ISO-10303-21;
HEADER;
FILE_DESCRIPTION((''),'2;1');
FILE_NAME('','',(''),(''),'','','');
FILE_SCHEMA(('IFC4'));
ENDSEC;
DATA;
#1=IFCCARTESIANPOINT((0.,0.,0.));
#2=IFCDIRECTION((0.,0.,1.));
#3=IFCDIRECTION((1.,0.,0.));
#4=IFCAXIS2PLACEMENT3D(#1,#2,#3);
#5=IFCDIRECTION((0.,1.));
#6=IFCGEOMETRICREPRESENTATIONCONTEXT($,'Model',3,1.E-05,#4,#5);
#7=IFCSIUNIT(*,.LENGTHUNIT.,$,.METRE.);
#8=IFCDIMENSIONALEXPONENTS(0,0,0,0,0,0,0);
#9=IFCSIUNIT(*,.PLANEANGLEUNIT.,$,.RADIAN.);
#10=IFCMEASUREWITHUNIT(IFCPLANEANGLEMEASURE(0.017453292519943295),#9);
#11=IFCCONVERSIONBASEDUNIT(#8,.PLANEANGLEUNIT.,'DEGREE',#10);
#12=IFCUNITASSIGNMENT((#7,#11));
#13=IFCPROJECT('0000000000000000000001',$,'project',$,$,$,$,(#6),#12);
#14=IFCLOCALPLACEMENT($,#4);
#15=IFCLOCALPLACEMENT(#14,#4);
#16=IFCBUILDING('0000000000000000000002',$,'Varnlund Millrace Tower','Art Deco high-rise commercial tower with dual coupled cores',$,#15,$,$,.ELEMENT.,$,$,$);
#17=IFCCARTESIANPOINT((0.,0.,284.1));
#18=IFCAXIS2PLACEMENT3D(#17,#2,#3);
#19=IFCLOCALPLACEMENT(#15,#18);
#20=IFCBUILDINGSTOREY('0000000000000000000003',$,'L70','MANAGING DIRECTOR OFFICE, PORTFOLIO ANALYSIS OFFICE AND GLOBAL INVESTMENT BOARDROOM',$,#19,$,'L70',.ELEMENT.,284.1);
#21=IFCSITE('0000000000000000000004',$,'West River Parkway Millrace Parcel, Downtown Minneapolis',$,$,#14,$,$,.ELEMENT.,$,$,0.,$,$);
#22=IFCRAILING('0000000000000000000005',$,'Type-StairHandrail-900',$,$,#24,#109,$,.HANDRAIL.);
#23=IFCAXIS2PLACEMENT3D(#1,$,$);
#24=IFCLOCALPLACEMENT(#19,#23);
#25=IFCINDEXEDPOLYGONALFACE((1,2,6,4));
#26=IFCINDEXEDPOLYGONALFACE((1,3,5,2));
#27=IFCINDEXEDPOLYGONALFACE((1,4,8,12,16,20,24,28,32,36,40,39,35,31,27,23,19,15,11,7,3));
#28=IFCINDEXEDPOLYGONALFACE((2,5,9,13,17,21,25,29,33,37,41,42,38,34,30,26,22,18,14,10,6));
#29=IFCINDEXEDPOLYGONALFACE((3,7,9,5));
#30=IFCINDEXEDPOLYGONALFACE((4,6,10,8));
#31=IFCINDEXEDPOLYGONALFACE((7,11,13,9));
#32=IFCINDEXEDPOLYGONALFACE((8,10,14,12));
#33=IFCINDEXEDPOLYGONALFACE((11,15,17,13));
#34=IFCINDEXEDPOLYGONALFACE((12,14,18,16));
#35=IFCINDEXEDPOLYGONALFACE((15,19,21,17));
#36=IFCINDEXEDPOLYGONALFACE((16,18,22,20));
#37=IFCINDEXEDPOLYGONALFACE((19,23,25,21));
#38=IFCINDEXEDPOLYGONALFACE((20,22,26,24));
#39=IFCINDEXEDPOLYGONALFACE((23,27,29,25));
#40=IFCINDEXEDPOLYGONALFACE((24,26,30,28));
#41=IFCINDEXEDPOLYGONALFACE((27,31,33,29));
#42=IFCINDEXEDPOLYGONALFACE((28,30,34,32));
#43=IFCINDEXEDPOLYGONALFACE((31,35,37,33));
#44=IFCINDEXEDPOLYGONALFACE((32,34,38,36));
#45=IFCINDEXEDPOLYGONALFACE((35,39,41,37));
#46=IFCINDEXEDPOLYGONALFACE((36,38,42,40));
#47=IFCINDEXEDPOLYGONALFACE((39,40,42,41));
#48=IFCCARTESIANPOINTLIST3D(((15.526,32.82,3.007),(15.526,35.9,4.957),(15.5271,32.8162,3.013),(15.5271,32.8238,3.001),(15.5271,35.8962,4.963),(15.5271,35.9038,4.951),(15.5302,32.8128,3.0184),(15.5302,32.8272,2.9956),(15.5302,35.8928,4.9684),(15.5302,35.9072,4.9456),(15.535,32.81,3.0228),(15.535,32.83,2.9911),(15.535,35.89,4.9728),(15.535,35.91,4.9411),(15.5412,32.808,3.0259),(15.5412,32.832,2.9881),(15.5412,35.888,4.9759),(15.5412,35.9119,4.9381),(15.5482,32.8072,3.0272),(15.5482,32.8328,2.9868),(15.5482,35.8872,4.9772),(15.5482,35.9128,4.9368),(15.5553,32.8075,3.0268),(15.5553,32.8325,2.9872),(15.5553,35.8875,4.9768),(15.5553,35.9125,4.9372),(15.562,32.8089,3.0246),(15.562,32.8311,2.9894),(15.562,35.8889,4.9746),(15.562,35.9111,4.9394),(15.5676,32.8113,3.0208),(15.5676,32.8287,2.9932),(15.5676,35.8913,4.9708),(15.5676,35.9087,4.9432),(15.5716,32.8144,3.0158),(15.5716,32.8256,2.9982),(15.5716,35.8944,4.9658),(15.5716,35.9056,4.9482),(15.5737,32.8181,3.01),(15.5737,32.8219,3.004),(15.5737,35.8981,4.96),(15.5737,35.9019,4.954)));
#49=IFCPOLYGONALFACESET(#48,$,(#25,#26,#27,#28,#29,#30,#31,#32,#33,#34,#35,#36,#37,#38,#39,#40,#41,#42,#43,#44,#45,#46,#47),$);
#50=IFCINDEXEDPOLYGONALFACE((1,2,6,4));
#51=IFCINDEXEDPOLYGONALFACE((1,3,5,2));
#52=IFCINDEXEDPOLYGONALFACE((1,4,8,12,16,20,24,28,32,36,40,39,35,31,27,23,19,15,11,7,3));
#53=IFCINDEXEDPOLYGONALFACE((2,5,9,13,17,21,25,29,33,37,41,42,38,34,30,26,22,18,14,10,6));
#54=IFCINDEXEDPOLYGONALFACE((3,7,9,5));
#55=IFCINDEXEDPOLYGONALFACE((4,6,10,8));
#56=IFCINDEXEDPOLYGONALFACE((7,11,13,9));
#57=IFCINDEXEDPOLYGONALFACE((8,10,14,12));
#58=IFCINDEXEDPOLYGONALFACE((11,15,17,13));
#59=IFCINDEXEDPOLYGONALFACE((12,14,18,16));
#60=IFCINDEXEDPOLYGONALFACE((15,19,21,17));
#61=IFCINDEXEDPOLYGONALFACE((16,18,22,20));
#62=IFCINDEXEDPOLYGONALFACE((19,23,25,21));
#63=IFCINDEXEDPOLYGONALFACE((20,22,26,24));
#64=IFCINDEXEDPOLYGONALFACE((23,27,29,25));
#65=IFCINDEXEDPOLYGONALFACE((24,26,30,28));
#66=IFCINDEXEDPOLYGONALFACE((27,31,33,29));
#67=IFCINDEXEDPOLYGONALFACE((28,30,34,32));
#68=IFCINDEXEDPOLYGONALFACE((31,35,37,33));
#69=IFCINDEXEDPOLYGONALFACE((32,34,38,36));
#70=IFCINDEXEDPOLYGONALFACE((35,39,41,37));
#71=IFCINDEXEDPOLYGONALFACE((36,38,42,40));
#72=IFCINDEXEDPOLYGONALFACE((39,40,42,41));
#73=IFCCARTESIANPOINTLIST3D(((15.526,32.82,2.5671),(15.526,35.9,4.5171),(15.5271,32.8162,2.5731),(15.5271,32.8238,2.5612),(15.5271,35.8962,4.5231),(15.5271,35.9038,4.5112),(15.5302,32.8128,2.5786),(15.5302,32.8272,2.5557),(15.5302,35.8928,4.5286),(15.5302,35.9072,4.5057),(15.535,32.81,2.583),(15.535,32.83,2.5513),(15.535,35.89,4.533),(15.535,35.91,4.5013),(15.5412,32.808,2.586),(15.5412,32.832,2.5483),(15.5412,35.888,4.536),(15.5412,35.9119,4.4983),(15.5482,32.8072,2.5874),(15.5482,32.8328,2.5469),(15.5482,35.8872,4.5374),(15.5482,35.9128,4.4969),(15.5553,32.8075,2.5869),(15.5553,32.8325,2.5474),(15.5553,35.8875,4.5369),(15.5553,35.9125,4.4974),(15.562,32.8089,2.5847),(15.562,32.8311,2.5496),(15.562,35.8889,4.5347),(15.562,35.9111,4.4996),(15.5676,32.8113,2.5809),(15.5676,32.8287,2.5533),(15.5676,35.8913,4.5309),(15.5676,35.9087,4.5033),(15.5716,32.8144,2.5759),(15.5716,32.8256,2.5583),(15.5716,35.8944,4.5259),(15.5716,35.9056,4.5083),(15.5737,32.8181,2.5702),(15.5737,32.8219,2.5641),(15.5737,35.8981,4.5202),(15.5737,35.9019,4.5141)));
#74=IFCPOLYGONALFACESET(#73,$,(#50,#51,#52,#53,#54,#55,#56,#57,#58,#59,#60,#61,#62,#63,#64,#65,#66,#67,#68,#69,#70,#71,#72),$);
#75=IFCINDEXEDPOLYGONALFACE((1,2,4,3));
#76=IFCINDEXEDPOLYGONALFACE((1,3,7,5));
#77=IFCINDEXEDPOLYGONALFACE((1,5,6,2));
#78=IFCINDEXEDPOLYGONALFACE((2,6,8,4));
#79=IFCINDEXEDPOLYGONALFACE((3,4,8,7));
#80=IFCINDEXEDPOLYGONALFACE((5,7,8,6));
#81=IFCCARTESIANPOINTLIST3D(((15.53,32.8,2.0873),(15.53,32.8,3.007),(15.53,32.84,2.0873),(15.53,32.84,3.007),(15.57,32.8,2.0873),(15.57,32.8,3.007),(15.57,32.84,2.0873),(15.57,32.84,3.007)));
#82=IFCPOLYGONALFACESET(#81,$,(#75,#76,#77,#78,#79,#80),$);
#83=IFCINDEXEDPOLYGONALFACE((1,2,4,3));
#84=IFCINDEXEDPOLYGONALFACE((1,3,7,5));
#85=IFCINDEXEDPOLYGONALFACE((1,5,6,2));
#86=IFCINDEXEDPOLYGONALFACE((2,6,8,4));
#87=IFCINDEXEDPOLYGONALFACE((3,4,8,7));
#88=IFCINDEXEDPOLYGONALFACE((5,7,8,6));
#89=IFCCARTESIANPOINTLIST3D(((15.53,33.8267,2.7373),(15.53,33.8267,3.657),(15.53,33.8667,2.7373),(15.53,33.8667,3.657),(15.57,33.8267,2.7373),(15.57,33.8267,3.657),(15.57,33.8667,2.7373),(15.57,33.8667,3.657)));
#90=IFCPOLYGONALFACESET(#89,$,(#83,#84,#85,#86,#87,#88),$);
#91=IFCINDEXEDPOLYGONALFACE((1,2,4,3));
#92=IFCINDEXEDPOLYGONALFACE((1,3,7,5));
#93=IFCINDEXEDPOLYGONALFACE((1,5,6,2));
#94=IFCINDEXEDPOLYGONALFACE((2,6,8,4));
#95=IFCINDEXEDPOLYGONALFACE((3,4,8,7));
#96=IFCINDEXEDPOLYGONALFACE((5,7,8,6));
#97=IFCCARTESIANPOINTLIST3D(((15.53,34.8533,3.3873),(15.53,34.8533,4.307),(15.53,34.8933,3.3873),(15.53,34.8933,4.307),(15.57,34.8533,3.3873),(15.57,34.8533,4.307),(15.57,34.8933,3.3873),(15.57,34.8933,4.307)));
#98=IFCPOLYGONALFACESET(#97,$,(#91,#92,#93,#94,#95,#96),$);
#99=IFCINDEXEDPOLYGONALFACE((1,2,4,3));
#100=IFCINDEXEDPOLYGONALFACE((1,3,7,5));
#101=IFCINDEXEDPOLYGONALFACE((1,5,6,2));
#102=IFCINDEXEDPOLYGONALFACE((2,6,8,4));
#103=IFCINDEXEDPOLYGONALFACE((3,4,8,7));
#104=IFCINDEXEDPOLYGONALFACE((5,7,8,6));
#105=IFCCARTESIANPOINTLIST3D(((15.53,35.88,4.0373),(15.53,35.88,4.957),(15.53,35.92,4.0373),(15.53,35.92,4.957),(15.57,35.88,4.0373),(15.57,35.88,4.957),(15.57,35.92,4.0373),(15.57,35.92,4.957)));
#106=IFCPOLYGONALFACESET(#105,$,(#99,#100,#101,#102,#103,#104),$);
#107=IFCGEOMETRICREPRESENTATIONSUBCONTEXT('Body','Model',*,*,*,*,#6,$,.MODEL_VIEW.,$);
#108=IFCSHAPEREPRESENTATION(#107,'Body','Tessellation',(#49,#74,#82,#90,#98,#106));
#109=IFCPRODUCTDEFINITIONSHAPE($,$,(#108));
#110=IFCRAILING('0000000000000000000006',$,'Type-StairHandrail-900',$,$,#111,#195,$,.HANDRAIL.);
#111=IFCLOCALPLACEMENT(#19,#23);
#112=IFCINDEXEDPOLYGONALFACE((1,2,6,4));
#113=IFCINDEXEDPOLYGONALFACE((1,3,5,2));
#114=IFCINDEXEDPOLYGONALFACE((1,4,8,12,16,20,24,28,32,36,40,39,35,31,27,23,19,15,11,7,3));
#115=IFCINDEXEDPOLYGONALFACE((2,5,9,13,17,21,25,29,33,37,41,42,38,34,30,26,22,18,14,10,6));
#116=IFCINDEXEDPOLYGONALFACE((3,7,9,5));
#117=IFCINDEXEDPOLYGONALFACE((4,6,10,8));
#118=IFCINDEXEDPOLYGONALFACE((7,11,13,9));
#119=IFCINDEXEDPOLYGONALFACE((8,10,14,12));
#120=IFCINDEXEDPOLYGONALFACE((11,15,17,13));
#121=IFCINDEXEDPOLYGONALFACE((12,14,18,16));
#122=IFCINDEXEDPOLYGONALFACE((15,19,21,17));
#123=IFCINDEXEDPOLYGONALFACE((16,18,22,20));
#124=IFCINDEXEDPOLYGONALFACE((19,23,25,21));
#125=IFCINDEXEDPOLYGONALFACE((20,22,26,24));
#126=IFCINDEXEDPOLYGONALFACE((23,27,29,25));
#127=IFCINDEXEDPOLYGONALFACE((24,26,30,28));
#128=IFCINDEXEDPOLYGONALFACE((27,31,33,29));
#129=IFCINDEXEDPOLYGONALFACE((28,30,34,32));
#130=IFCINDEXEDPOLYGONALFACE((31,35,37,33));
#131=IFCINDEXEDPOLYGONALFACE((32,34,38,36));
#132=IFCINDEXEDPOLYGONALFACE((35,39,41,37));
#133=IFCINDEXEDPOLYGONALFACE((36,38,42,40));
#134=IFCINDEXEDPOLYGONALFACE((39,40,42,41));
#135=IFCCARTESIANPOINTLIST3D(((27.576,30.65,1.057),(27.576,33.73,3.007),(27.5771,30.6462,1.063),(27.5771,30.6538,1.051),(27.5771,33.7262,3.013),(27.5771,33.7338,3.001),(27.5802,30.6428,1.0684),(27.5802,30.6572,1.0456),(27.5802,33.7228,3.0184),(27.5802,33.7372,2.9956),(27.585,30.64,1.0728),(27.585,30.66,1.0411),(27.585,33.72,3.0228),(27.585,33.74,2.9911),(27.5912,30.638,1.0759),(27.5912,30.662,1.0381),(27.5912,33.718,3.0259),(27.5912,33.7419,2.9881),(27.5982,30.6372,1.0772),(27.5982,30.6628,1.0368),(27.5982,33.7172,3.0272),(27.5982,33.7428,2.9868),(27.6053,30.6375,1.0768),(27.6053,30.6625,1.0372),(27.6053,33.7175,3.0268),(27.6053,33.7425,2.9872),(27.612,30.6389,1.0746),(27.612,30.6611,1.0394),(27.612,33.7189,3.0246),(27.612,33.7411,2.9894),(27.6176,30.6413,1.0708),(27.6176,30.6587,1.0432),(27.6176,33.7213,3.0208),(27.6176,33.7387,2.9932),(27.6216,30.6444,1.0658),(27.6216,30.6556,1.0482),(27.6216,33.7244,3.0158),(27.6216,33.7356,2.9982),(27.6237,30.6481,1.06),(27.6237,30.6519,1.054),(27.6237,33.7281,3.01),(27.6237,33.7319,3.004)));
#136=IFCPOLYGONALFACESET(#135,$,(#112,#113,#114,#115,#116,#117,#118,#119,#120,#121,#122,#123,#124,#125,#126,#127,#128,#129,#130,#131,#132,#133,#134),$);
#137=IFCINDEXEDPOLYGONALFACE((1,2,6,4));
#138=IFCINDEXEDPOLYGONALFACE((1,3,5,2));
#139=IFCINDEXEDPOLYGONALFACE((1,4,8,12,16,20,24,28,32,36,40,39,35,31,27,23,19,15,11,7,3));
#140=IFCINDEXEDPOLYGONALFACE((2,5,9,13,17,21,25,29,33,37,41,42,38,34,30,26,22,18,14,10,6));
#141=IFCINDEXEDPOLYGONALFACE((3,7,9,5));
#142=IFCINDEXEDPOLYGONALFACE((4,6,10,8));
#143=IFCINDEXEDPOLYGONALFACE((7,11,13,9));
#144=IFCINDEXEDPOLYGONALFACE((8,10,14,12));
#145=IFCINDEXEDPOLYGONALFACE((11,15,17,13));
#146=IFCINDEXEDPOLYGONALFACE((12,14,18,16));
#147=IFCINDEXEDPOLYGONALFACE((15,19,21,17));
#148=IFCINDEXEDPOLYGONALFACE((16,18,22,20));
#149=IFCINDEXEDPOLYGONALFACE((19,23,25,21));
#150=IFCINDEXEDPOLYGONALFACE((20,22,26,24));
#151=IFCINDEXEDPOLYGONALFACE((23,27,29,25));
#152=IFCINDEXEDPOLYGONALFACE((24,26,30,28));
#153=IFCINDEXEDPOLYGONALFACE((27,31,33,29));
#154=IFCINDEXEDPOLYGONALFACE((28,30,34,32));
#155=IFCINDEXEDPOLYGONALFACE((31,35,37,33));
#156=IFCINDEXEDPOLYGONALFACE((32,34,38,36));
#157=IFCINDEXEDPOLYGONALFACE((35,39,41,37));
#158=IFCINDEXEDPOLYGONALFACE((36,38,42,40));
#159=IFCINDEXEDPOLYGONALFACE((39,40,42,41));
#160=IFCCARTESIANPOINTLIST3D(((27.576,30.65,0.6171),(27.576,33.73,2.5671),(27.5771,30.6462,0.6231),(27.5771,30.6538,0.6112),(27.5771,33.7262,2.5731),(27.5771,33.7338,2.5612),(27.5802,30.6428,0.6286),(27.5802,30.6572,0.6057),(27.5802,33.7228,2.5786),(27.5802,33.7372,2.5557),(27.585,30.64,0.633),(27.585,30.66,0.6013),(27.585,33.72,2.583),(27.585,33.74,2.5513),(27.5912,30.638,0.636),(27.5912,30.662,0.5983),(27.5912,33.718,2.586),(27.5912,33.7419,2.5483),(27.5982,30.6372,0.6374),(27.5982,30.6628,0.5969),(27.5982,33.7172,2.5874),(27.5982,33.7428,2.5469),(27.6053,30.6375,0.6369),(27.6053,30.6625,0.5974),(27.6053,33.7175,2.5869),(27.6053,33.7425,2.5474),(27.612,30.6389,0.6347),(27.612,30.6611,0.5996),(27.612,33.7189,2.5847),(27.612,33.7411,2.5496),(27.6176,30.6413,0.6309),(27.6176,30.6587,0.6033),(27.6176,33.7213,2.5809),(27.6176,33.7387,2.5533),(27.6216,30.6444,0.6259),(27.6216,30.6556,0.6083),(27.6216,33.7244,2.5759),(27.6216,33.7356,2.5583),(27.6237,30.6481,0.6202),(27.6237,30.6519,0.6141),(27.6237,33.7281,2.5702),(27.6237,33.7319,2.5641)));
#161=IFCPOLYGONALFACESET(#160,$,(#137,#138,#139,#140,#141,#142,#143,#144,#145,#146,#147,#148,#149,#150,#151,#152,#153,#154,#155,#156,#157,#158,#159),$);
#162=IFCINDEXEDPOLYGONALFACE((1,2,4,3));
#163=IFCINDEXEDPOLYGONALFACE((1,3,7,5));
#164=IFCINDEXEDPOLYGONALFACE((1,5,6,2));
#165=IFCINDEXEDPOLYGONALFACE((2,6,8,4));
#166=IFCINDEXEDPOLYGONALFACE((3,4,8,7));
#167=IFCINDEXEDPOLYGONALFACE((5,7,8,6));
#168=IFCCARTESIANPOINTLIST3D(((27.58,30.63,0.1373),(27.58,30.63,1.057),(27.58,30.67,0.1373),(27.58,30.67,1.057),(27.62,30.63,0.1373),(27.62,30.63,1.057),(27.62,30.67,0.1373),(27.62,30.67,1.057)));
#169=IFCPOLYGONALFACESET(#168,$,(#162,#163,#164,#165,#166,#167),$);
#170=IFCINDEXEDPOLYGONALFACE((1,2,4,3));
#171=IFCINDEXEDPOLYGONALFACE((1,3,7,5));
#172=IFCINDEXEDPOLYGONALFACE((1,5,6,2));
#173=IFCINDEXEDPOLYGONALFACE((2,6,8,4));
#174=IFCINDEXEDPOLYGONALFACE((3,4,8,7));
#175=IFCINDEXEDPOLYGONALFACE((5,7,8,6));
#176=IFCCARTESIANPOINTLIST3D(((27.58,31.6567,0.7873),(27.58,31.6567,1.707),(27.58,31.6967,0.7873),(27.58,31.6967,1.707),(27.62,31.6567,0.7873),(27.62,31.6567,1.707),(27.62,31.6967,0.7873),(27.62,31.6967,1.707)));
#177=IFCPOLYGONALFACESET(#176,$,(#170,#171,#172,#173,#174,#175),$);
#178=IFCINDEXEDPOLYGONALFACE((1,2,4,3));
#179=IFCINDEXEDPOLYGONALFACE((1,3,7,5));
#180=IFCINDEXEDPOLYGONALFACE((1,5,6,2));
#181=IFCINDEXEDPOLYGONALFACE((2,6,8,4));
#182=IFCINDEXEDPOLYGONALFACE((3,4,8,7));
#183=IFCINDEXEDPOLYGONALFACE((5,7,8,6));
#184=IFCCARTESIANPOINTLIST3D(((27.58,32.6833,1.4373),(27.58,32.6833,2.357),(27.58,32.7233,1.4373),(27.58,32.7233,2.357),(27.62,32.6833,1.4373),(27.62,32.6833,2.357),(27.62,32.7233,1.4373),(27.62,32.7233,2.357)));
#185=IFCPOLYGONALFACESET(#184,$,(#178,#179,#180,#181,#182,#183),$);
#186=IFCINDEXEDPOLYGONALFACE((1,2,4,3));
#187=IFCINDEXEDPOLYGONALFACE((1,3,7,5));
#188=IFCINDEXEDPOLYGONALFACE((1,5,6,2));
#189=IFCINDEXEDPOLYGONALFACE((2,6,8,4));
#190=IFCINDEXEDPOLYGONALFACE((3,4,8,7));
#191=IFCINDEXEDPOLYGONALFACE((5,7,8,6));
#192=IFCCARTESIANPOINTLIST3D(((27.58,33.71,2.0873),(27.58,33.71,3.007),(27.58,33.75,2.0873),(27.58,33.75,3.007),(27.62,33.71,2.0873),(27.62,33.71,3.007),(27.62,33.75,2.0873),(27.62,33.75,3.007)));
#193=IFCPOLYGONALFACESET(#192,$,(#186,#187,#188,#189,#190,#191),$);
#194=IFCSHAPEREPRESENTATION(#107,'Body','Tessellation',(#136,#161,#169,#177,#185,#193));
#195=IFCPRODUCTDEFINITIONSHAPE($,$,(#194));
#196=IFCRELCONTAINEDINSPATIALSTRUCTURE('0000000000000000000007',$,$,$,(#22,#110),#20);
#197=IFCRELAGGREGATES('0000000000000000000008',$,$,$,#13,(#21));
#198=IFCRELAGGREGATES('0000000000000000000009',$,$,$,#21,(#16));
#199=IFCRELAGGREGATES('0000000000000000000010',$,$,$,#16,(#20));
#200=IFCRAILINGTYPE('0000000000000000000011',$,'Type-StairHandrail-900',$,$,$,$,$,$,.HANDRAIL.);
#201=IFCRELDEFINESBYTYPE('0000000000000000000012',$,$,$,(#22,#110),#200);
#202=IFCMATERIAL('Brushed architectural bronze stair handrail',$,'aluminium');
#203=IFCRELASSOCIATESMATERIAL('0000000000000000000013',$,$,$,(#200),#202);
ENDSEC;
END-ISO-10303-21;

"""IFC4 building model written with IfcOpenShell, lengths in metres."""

from ifc_helpers import new_model, entity, si_unit, converted_unit, direction, frame, origin_with_axes, origin_2d_with_axis, place, context, subcontext, project, spatial, rectangle, circle, extrude, material, type_object, element, save


model = new_model("IFC4")

# Units and contexts
model_context = context("Model", 3, precision=1e-05, world=origin_with_axes(), true_north=direction((0.0, 1.0)))
body_context = subcontext(model_context, "Body", "Model", "MODEL_VIEW")
ifc_project = project(units=[si_unit("LENGTHUNIT", "METRE"), converted_unit("PLANEANGLEUNIT", "DEGREE", entity("IfcPlaneAngleMeasure", 0.017453292519943295), si_unit("PLANEANGLEUNIT", "RADIAN"), dimensions=[0, 0, 0, 0, 0, 0, 0])], contexts=[model_context])

# Site, building, storey
site_placement = place(None, origin_with_axes())
site = spatial("IfcSite", under=ifc_project, at=site_placement, Name="West River Parkway Millrace Parcel, Downtown Minneapolis", CompositionType="ELEMENT", RefElevation=0.0)
building_placement = place(site_placement, origin_with_axes())
building = spatial("IfcBuilding", under=site, at=building_placement, Name="Varnlund Millrace Tower", Description="Art Deco high-rise commercial tower with dual coupled cores", CompositionType="ELEMENT")
storey_placement = place(building_placement, frame((0.0, 0.0, 284.1), z_axis=(0.0, 0.0, 1.0), x_axis=(1.0, 0.0, 0.0)))
storey = spatial("IfcBuildingStorey", under=building, at=storey_placement, Name="L70", Description="MANAGING DIRECTOR OFFICE, PORTFOLIO ANALYSIS OFFICE AND GLOBAL INVESTMENT BOARDROOM", LongName="L70", CompositionType="ELEMENT", Elevation=284.1)

# Railings
ifc_material_1 = material(Name="Brushed architectural bronze stair handrail", Category="aluminium")
railing_type_1 = type_object("IfcRailingType", Name="Type-StairHandrail-900", PredefinedType="HANDRAIL", material=ifc_material_1)
railing_1_placement = place(storey_placement, frame((0.0, 0.0, -284.1), z_axis=(0.0, 0.0, 1.0), x_axis=(1.0, 0.0, 0.0)))
element("IfcRailing", 1, at=railing_1_placement, inside=storey, type_object=railing_type_1, Name="Type-StairHandrail-900", PredefinedType="HANDRAIL", context=body_context, shape_type="SweptSolid", body=[
    extrude(circle(Radius=0.024, at=origin_2d_with_axis()), frame((15.55, 32.82, 287.107), z_axis=(0.0, 0.844902, 0.534922), x_axis=(-1.0, 0.0, 0.0)), (0.0, 0.0, 1.0), 3.6454),
    extrude(circle(Radius=0.024, at=origin_2d_with_axis()), frame((15.55, 32.82, 286.6671), z_axis=(0.0, 0.844902, 0.534922), x_axis=(-1.0, 0.0, 0.0)), (0.0, 0.0, 1.0), 3.6454),
    extrude(rectangle(XDim=0.04, YDim=0.04, at=origin_2d_with_axis()), frame((15.55, 32.82, 286.1873), z_axis=(0.0, 0.0, 1.0), x_axis=(1.0, 0.0, 0.0)), (0.0, 0.0, 1.0), 0.9197),
    extrude(rectangle(XDim=0.04, YDim=0.04, at=origin_2d_with_axis()), frame((15.55, 33.8467, 286.8373), z_axis=(0.0, 0.0, 1.0), x_axis=(1.0, 0.0, 0.0)), (0.0, 0.0, 1.0), 0.9197),
    extrude(rectangle(XDim=0.04, YDim=0.04, at=origin_2d_with_axis()), frame((15.55, 34.8733, 287.4873), z_axis=(0.0, 0.0, 1.0), x_axis=(1.0, 0.0, 0.0)), (0.0, 0.0, 1.0), 0.9197),
    extrude(rectangle(XDim=0.04, YDim=0.04, at=origin_2d_with_axis()), frame((15.55, 35.9, 288.1373), z_axis=(0.0, 0.0, 1.0), x_axis=(1.0, 0.0, 0.0)), (0.0, 0.0, 1.0), 0.9197),
])
railing_2_placement = place(storey_placement, frame((0.0, 0.0, -284.1), z_axis=(0.0, 0.0, 1.0), x_axis=(1.0, 0.0, 0.0)))
element("IfcRailing", 2, at=railing_2_placement, inside=storey, type_object=railing_type_1, Name="Type-StairHandrail-900", PredefinedType="HANDRAIL", context=body_context, shape_type="SweptSolid", body=[
    extrude(circle(Radius=0.024, at=origin_2d_with_axis()), frame((27.6, 30.65, 285.157), z_axis=(0.0, 0.844902, 0.534922), x_axis=(-1.0, 0.0, 0.0)), (0.0, 0.0, 1.0), 3.6454),
    extrude(circle(Radius=0.024, at=origin_2d_with_axis()), frame((27.6, 30.65, 284.7171), z_axis=(0.0, 0.844902, 0.534922), x_axis=(-1.0, 0.0, 0.0)), (0.0, 0.0, 1.0), 3.6454),
    extrude(rectangle(XDim=0.04, YDim=0.04, at=origin_2d_with_axis()), frame((27.6, 30.65, 284.2373), z_axis=(0.0, 0.0, 1.0), x_axis=(1.0, 0.0, 0.0)), (0.0, 0.0, 1.0), 0.9197),
    extrude(rectangle(XDim=0.04, YDim=0.04, at=origin_2d_with_axis()), frame((27.6, 31.6767, 284.8873), z_axis=(0.0, 0.0, 1.0), x_axis=(1.0, 0.0, 0.0)), (0.0, 0.0, 1.0), 0.9197),
    extrude(rectangle(XDim=0.04, YDim=0.04, at=origin_2d_with_axis()), frame((27.6, 32.7033, 285.5373), z_axis=(0.0, 0.0, 1.0), x_axis=(1.0, 0.0, 0.0)), (0.0, 0.0, 1.0), 0.9197),
    extrude(rectangle(XDim=0.04, YDim=0.04, at=origin_2d_with_axis()), frame((27.6, 33.73, 286.1873), z_axis=(0.0, 0.0, 1.0), x_axis=(1.0, 0.0, 0.0)), (0.0, 0.0, 1.0), 0.9197),
])

save(model, "model.ifc")
